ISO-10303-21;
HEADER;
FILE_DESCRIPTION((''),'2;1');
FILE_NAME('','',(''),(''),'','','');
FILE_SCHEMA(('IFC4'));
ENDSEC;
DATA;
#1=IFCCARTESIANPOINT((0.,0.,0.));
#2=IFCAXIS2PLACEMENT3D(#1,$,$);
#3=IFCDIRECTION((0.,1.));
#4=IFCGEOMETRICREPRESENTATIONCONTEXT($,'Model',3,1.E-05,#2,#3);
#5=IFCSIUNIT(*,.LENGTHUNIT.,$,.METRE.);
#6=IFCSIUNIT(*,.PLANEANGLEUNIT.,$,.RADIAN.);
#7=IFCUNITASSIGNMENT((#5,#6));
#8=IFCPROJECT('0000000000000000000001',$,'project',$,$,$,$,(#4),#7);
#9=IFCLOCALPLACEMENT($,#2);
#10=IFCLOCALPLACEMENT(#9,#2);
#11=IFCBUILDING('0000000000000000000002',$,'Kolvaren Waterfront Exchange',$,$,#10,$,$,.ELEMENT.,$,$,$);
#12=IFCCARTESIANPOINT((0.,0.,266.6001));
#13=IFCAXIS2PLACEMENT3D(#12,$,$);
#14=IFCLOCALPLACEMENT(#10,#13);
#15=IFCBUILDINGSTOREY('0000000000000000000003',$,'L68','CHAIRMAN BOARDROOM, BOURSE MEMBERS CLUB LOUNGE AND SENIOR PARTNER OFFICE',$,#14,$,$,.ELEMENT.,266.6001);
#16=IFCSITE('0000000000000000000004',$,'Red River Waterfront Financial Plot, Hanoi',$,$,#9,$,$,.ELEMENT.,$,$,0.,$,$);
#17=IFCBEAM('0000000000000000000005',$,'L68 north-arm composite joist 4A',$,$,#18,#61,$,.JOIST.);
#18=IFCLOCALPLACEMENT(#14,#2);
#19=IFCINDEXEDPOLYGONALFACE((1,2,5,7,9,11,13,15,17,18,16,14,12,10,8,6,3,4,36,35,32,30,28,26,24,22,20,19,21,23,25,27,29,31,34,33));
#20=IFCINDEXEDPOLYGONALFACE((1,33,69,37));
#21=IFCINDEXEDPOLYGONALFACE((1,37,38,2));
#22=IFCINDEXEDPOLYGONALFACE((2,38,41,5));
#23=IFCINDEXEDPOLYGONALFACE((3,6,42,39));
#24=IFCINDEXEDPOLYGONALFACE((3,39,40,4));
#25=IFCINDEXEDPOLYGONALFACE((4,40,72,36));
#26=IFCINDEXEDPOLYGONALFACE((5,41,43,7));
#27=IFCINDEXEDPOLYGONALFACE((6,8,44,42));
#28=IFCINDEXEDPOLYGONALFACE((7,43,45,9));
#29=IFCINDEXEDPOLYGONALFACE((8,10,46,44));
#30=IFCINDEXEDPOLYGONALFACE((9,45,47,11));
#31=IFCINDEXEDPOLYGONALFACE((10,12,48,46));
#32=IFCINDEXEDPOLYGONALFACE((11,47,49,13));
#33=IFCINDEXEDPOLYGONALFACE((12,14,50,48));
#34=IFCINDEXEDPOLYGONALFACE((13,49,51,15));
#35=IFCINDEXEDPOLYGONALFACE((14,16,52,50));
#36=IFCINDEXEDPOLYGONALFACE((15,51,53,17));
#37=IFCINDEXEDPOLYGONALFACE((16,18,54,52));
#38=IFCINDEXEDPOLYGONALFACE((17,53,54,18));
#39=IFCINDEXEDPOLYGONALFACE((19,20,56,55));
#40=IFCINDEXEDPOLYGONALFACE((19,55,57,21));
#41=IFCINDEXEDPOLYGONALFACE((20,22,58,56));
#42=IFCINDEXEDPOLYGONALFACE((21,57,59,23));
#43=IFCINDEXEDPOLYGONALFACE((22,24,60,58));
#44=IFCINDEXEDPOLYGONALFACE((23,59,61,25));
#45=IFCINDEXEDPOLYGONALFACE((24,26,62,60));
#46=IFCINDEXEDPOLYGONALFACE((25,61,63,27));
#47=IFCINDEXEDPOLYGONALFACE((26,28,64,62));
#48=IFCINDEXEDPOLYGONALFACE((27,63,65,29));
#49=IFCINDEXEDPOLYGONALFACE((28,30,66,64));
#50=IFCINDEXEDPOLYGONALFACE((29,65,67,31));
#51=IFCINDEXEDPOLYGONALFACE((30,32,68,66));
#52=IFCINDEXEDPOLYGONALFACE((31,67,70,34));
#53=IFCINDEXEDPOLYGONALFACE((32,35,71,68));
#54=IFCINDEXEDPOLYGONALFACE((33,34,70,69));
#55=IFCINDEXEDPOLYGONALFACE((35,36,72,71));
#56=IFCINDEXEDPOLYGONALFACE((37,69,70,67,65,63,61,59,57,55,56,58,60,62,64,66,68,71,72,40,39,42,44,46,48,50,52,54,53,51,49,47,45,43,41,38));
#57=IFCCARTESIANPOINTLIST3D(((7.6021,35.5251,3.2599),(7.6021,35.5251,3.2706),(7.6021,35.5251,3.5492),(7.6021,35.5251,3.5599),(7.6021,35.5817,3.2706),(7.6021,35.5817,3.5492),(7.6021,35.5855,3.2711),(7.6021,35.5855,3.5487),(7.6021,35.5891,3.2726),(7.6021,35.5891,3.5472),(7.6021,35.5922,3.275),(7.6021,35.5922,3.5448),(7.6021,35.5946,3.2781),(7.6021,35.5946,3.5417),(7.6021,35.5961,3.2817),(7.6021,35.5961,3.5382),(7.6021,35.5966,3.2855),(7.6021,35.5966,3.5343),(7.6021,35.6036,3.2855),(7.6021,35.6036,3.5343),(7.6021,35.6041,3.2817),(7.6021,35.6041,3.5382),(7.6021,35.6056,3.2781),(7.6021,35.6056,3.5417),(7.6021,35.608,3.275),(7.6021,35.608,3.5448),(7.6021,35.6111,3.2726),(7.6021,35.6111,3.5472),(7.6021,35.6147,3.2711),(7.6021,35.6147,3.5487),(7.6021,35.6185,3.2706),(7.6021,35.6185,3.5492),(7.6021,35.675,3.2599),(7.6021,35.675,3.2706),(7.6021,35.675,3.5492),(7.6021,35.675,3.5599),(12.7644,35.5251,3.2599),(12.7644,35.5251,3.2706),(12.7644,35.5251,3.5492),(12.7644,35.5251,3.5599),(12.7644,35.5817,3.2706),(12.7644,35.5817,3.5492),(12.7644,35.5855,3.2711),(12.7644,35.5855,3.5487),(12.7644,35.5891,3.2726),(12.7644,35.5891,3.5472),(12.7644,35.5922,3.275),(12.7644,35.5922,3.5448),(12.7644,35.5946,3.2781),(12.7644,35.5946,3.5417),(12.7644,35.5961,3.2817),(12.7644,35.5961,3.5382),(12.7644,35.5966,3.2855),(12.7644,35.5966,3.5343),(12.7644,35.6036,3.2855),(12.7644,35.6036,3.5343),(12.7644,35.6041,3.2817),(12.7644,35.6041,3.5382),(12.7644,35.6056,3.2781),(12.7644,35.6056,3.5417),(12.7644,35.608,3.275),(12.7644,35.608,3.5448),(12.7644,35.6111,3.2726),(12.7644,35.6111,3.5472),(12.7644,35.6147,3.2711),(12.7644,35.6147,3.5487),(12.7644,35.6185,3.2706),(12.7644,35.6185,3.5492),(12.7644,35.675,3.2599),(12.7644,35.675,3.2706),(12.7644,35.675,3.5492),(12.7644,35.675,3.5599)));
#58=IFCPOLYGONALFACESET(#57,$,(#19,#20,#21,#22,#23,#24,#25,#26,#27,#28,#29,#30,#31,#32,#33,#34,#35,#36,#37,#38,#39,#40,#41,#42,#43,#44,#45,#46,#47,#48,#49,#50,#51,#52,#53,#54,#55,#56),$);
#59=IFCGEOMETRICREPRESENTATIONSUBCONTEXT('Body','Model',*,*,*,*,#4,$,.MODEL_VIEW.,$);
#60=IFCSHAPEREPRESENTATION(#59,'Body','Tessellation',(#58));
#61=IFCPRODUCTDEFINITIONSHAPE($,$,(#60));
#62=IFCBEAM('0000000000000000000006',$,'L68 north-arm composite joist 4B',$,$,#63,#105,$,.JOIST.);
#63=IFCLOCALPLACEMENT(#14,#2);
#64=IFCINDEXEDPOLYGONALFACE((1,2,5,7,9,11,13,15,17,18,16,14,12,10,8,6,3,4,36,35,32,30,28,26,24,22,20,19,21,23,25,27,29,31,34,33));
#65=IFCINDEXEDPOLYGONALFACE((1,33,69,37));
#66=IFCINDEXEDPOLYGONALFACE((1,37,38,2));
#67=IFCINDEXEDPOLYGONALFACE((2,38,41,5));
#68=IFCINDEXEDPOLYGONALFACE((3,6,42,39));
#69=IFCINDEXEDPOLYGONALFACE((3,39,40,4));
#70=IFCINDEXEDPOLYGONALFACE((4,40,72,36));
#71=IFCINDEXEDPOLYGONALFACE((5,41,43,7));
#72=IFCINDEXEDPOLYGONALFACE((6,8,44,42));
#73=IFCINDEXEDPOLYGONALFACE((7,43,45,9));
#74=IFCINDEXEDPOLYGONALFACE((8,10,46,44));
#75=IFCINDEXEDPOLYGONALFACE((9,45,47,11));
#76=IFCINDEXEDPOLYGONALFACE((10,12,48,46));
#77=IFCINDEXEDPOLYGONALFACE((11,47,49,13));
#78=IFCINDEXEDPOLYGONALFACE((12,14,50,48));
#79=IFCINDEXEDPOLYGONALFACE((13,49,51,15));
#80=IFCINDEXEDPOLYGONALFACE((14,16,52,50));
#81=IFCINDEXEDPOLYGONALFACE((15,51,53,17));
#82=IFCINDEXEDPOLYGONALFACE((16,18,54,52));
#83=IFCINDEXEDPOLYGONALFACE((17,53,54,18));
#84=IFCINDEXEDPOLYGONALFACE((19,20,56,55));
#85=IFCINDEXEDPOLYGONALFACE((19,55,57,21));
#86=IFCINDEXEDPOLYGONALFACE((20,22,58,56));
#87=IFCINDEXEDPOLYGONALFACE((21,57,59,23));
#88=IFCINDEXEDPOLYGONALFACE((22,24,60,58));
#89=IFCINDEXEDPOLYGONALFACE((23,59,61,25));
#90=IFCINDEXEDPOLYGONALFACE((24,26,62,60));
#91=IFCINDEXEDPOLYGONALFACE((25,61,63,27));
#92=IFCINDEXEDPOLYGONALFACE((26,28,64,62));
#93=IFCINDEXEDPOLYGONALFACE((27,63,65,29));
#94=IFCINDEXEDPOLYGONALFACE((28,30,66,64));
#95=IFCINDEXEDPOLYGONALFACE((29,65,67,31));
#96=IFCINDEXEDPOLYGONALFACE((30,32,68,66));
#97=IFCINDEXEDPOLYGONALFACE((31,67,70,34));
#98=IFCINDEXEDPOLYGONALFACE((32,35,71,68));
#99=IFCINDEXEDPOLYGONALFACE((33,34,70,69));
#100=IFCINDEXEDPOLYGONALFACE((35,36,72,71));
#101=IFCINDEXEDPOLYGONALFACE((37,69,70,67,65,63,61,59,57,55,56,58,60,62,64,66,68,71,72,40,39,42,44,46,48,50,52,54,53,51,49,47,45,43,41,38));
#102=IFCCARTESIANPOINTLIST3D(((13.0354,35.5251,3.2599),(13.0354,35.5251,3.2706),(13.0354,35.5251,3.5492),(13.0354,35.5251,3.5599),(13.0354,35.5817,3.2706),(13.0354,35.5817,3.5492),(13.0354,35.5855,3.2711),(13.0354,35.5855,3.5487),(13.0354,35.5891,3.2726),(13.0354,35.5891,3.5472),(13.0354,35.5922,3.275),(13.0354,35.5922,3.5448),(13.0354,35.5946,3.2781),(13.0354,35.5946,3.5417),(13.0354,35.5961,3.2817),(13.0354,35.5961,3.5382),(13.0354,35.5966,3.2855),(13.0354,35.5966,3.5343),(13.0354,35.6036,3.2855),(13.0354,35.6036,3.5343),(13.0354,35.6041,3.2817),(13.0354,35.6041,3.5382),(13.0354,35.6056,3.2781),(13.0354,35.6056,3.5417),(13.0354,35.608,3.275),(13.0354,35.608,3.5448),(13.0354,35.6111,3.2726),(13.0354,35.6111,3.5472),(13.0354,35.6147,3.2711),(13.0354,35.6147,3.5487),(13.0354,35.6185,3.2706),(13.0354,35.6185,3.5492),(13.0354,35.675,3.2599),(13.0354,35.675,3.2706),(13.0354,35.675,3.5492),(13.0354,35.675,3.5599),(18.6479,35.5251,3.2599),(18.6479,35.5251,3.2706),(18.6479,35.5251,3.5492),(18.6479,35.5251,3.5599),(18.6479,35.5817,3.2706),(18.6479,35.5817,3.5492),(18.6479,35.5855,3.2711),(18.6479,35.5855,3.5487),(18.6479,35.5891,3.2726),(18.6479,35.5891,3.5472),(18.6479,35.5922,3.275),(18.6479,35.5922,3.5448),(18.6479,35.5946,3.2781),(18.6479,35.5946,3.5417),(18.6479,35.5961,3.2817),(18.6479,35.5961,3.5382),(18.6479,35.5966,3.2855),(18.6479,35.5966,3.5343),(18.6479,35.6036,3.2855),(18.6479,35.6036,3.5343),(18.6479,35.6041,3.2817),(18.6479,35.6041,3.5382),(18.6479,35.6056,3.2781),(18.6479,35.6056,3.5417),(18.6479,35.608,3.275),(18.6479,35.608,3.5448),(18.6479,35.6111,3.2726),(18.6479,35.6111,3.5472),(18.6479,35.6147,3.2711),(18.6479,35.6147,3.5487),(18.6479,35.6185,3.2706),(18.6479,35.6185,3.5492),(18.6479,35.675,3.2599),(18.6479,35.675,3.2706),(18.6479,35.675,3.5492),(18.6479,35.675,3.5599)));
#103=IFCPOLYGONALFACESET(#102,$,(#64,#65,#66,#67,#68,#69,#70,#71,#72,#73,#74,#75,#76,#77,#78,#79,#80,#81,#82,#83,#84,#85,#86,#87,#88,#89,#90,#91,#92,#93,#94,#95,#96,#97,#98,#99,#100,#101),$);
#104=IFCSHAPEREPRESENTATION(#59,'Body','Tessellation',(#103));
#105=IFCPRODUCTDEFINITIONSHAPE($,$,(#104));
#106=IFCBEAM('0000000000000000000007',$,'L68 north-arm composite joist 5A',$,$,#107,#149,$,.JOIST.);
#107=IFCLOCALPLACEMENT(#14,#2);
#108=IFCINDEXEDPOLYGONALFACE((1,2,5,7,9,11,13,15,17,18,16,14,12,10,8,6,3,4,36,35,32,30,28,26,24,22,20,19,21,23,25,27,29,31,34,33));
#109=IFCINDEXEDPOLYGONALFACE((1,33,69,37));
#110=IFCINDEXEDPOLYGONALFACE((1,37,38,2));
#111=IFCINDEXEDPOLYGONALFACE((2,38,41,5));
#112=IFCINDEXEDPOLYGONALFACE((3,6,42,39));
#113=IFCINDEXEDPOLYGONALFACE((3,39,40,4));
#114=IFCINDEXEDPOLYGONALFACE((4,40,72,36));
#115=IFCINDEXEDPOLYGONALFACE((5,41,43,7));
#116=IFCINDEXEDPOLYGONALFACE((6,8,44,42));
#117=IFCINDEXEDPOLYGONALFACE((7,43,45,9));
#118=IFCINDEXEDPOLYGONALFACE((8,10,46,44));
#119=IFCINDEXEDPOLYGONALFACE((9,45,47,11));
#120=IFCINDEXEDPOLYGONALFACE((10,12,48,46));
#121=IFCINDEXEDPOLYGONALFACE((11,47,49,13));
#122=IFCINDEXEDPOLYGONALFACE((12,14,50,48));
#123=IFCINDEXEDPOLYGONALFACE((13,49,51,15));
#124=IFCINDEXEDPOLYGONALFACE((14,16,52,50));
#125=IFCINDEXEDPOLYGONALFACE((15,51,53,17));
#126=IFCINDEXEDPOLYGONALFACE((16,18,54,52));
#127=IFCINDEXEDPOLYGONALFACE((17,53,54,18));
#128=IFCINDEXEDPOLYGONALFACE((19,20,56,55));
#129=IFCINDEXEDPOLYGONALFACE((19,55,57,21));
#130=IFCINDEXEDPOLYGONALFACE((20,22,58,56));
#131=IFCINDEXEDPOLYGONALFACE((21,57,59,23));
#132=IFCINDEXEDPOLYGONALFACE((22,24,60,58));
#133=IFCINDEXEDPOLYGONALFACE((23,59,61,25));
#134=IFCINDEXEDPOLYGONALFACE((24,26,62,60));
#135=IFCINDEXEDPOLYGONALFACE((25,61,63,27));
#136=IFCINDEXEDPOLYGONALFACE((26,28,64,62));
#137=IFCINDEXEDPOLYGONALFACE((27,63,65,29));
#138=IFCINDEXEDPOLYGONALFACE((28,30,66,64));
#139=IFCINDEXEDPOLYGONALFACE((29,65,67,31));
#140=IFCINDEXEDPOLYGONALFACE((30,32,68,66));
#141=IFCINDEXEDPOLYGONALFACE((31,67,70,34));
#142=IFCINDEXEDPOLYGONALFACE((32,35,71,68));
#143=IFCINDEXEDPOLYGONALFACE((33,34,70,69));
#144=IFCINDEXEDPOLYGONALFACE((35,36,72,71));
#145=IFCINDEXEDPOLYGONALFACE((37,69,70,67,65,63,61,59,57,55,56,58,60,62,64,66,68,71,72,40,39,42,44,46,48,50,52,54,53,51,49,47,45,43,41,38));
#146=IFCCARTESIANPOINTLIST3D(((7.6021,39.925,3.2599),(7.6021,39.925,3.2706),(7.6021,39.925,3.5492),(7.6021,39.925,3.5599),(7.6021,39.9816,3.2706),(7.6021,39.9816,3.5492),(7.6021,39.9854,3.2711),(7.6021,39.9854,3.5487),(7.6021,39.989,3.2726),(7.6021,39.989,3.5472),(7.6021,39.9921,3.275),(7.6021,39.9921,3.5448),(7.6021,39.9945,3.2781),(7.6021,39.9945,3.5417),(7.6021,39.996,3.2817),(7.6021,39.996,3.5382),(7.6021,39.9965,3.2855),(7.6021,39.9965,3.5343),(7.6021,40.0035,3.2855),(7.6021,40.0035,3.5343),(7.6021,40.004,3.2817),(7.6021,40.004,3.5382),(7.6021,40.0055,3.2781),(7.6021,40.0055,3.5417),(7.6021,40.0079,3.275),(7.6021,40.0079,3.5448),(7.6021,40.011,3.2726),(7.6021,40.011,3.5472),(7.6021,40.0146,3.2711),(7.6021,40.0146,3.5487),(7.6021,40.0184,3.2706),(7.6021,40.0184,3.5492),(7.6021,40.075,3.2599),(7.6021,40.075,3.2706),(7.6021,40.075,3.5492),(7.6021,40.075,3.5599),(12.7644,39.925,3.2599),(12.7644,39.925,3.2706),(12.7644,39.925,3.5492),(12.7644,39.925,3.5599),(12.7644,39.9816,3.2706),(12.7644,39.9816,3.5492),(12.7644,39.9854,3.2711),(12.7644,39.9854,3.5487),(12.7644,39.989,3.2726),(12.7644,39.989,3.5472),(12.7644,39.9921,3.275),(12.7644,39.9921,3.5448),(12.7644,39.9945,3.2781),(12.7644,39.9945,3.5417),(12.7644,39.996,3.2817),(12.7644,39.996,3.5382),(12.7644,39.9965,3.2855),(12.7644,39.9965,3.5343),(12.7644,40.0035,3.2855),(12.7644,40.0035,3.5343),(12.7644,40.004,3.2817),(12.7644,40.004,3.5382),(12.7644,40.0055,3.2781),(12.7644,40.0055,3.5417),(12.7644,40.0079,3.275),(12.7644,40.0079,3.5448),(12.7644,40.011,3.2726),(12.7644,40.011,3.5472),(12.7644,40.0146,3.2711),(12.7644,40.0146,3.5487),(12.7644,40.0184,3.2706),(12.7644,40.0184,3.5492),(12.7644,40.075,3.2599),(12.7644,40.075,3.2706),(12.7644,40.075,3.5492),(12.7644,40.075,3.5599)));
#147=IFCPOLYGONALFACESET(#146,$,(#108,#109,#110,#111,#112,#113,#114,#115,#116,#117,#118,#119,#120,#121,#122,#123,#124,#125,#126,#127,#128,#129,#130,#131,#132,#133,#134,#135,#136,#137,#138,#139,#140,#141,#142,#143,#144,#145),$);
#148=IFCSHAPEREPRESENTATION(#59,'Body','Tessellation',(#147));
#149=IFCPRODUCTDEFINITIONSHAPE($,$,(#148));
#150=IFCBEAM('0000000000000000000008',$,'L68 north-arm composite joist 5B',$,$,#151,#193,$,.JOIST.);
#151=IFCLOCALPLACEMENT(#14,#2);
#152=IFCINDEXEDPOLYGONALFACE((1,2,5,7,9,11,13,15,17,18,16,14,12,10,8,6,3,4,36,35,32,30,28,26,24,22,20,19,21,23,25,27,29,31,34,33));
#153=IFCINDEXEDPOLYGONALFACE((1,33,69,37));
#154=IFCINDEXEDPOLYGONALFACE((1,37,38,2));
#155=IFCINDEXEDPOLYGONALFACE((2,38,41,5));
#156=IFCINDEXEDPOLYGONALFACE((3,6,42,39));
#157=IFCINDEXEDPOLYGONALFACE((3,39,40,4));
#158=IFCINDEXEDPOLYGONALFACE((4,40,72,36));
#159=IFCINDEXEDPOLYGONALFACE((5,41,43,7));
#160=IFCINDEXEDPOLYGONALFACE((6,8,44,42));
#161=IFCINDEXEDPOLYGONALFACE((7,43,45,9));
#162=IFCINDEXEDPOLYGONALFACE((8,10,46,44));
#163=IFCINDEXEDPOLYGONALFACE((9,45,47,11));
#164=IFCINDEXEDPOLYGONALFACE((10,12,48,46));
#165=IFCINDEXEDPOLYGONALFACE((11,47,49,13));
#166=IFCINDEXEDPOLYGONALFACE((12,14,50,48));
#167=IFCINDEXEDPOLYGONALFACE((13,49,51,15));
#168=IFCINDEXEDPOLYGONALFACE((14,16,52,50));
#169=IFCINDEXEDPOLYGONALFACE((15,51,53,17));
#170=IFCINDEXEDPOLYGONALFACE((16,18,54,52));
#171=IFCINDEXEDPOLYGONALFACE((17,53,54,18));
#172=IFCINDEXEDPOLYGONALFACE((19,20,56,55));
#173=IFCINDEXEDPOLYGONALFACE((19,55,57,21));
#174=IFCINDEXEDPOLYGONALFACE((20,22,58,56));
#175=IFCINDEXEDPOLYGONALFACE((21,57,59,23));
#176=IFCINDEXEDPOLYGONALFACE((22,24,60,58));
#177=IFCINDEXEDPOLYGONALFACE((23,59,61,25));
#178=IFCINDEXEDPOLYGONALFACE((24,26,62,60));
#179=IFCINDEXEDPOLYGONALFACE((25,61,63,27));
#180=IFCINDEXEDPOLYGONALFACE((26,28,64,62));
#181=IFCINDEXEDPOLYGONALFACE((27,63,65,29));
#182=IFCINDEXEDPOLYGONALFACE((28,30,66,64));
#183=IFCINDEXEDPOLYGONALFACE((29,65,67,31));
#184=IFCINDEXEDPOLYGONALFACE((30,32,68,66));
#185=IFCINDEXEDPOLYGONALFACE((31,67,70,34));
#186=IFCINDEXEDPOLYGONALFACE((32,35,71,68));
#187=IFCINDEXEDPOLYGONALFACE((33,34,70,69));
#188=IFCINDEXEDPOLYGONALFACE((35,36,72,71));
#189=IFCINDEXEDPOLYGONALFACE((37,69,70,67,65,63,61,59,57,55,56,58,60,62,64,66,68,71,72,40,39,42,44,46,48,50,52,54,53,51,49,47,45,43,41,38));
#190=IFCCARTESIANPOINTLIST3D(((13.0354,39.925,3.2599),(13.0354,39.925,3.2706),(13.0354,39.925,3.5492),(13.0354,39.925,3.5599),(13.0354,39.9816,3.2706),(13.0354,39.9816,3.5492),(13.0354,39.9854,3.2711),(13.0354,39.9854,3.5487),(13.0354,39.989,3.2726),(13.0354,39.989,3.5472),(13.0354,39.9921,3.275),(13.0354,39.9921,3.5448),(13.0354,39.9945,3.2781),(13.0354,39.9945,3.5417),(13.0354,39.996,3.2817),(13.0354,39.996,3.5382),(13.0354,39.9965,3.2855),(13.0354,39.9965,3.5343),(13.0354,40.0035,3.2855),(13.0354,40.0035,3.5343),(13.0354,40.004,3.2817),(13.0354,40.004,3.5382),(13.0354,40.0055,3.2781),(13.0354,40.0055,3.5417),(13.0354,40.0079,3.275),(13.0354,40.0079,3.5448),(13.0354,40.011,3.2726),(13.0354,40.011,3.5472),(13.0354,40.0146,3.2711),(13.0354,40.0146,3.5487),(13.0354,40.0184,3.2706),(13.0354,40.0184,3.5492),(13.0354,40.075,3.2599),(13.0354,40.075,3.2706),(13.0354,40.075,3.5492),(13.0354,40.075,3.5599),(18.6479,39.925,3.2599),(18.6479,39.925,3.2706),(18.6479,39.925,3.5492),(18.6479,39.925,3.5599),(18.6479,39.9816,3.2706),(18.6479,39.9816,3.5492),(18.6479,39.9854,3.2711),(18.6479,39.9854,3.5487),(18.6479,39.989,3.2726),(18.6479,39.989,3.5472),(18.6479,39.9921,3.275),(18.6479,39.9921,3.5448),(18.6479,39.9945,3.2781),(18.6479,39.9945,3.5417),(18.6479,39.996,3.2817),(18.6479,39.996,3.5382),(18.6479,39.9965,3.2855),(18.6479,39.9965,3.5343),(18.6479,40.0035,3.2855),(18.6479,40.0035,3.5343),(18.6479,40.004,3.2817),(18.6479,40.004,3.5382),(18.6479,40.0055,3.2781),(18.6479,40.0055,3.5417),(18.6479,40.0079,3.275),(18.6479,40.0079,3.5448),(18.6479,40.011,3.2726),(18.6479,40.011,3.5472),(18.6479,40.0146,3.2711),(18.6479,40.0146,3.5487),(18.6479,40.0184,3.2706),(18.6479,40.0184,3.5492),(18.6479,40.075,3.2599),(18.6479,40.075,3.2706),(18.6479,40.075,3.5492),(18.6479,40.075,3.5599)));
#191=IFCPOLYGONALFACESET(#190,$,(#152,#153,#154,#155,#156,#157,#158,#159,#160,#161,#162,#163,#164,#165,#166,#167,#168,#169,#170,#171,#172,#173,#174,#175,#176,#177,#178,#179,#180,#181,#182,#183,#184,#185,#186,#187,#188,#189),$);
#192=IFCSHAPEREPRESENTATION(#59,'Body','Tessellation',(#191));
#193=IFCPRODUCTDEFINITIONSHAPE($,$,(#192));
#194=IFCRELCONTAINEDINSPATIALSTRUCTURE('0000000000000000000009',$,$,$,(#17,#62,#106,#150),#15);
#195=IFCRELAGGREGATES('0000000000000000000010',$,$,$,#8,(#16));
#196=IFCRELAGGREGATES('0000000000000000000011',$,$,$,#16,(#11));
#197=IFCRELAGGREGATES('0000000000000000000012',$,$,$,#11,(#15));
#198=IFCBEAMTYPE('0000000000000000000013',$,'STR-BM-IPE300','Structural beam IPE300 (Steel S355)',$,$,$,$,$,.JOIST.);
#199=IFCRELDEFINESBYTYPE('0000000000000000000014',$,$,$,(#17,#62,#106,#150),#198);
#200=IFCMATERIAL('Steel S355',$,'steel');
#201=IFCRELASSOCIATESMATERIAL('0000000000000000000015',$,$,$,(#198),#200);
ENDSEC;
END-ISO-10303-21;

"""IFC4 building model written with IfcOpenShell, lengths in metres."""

from ifc_helpers import new_model, si_unit, direction, frame, origin, origin_2d, place, context, subcontext, project, spatial, i_section, extrude, material, material_profile, profile_set, type_object, element, save


model = new_model("IFC4")

# Units and contexts
model_context = context("Model", 3, precision=1e-05, world=origin(), true_north=direction((0.0, 1.0)))
body_context = subcontext(model_context, "Body", "Model", "MODEL_VIEW")
ifc_project = project(units=[si_unit("LENGTHUNIT", "METRE"), si_unit("PLANEANGLEUNIT", "RADIAN")], contexts=[model_context])

# Site, building, storey
site_placement = place(None, origin())
site = spatial("IfcSite", under=ifc_project, at=site_placement, Name="Red River Waterfront Financial Plot, Hanoi", CompositionType="ELEMENT", RefElevation=0.0)
building_placement = place(site_placement, origin())
building = spatial("IfcBuilding", under=site, at=building_placement, Name="Kolvaren Waterfront Exchange", CompositionType="ELEMENT")
storey_placement = place(building_placement, frame((0.0, 0.0, 266.6001)))
storey = spatial("IfcBuildingStorey", under=building, at=storey_placement, Name="L68", Description="CHAIRMAN BOARDROOM, BOURSE MEMBERS CLUB LOUNGE AND SENIOR PARTNER OFFICE", CompositionType="ELEMENT", Elevation=266.6001)

# Beams
ifc_material_1 = material(Name="Steel S355", Category="steel")
ifc_material_profile_1 = material_profile(ifc_material_1, i_section(OverallWidth=0.1499, OverallDepth=0.3, WebThickness=0.0071, FlangeThickness=0.0107, FilletRadius=0.0149, at=origin_2d()), Name="IPE300")
ifc_profile_set_1 = profile_set([ifc_material_profile_1], Name="Steel S355")
beam_type_1 = type_object("IfcBeamType", Name="STR-BM-IPE300", Description="Structural beam IPE300 (Steel S355)", PredefinedType="JOIST", material=ifc_profile_set_1)
beam_1_placement = place(storey_placement, frame((7.6021, 35.6001, 3.4099), z_axis=(1.0, 0.0, 0.0), x_axis=(0.0, 1.0, 0.0)))
element("IfcBeam", 1, at=beam_1_placement, inside=storey, type_object=beam_type_1, Name="L68 north-arm composite joist 4A", PredefinedType="JOIST", context=body_context, shape_type="SweptSolid", body=[
    extrude(i_section(OverallWidth=0.1499, OverallDepth=0.3, WebThickness=0.0071, FlangeThickness=0.0107, FilletRadius=0.0149, at=origin_2d()), origin(), (0.0, 0.0, 1.0), 5.1624),
])
beam_2_placement = place(storey_placement, frame((13.0354, 35.6001, 3.4099), z_axis=(1.0, 0.0, 0.0), x_axis=(0.0, 1.0, 0.0)))
element("IfcBeam", 2, at=beam_2_placement, inside=storey, type_object=beam_type_1, Name="L68 north-arm composite joist 4B", PredefinedType="JOIST", context=body_context, shape_type="SweptSolid", body=[
    extrude(i_section(OverallWidth=0.1499, OverallDepth=0.3, WebThickness=0.0071, FlangeThickness=0.0107, FilletRadius=0.0149, at=origin_2d()), origin(), (0.0, 0.0, 1.0), 5.6125),
])
beam_3_placement = place(storey_placement, frame((7.6021, 40.0, 3.4099), z_axis=(1.0, 0.0, 0.0), x_axis=(0.0, 1.0, 0.0)))
element("IfcBeam", 3, at=beam_3_placement, inside=storey, type_object=beam_type_1, Name="L68 north-arm composite joist 5A", PredefinedType="JOIST", context=body_context, shape_type="SweptSolid", body=[
    extrude(i_section(OverallWidth=0.1499, OverallDepth=0.3, WebThickness=0.0071, FlangeThickness=0.0107, FilletRadius=0.0149, at=origin_2d()), origin(), (0.0, 0.0, 1.0), 5.1624),
])
beam_4_placement = place(storey_placement, frame((13.0354, 40.0, 3.4099), z_axis=(1.0, 0.0, 0.0), x_axis=(0.0, 1.0, 0.0)))
element("IfcBeam", 4, at=beam_4_placement, inside=storey, type_object=beam_type_1, Name="L68 north-arm composite joist 5B", PredefinedType="JOIST", context=body_context, shape_type="SweptSolid", body=[
    extrude(i_section(OverallWidth=0.1499, OverallDepth=0.3, WebThickness=0.0071, FlangeThickness=0.0107, FilletRadius=0.0149, at=origin_2d()), origin(), (0.0, 0.0, 1.0), 5.6125),
])

save(model, "model.ifc")
